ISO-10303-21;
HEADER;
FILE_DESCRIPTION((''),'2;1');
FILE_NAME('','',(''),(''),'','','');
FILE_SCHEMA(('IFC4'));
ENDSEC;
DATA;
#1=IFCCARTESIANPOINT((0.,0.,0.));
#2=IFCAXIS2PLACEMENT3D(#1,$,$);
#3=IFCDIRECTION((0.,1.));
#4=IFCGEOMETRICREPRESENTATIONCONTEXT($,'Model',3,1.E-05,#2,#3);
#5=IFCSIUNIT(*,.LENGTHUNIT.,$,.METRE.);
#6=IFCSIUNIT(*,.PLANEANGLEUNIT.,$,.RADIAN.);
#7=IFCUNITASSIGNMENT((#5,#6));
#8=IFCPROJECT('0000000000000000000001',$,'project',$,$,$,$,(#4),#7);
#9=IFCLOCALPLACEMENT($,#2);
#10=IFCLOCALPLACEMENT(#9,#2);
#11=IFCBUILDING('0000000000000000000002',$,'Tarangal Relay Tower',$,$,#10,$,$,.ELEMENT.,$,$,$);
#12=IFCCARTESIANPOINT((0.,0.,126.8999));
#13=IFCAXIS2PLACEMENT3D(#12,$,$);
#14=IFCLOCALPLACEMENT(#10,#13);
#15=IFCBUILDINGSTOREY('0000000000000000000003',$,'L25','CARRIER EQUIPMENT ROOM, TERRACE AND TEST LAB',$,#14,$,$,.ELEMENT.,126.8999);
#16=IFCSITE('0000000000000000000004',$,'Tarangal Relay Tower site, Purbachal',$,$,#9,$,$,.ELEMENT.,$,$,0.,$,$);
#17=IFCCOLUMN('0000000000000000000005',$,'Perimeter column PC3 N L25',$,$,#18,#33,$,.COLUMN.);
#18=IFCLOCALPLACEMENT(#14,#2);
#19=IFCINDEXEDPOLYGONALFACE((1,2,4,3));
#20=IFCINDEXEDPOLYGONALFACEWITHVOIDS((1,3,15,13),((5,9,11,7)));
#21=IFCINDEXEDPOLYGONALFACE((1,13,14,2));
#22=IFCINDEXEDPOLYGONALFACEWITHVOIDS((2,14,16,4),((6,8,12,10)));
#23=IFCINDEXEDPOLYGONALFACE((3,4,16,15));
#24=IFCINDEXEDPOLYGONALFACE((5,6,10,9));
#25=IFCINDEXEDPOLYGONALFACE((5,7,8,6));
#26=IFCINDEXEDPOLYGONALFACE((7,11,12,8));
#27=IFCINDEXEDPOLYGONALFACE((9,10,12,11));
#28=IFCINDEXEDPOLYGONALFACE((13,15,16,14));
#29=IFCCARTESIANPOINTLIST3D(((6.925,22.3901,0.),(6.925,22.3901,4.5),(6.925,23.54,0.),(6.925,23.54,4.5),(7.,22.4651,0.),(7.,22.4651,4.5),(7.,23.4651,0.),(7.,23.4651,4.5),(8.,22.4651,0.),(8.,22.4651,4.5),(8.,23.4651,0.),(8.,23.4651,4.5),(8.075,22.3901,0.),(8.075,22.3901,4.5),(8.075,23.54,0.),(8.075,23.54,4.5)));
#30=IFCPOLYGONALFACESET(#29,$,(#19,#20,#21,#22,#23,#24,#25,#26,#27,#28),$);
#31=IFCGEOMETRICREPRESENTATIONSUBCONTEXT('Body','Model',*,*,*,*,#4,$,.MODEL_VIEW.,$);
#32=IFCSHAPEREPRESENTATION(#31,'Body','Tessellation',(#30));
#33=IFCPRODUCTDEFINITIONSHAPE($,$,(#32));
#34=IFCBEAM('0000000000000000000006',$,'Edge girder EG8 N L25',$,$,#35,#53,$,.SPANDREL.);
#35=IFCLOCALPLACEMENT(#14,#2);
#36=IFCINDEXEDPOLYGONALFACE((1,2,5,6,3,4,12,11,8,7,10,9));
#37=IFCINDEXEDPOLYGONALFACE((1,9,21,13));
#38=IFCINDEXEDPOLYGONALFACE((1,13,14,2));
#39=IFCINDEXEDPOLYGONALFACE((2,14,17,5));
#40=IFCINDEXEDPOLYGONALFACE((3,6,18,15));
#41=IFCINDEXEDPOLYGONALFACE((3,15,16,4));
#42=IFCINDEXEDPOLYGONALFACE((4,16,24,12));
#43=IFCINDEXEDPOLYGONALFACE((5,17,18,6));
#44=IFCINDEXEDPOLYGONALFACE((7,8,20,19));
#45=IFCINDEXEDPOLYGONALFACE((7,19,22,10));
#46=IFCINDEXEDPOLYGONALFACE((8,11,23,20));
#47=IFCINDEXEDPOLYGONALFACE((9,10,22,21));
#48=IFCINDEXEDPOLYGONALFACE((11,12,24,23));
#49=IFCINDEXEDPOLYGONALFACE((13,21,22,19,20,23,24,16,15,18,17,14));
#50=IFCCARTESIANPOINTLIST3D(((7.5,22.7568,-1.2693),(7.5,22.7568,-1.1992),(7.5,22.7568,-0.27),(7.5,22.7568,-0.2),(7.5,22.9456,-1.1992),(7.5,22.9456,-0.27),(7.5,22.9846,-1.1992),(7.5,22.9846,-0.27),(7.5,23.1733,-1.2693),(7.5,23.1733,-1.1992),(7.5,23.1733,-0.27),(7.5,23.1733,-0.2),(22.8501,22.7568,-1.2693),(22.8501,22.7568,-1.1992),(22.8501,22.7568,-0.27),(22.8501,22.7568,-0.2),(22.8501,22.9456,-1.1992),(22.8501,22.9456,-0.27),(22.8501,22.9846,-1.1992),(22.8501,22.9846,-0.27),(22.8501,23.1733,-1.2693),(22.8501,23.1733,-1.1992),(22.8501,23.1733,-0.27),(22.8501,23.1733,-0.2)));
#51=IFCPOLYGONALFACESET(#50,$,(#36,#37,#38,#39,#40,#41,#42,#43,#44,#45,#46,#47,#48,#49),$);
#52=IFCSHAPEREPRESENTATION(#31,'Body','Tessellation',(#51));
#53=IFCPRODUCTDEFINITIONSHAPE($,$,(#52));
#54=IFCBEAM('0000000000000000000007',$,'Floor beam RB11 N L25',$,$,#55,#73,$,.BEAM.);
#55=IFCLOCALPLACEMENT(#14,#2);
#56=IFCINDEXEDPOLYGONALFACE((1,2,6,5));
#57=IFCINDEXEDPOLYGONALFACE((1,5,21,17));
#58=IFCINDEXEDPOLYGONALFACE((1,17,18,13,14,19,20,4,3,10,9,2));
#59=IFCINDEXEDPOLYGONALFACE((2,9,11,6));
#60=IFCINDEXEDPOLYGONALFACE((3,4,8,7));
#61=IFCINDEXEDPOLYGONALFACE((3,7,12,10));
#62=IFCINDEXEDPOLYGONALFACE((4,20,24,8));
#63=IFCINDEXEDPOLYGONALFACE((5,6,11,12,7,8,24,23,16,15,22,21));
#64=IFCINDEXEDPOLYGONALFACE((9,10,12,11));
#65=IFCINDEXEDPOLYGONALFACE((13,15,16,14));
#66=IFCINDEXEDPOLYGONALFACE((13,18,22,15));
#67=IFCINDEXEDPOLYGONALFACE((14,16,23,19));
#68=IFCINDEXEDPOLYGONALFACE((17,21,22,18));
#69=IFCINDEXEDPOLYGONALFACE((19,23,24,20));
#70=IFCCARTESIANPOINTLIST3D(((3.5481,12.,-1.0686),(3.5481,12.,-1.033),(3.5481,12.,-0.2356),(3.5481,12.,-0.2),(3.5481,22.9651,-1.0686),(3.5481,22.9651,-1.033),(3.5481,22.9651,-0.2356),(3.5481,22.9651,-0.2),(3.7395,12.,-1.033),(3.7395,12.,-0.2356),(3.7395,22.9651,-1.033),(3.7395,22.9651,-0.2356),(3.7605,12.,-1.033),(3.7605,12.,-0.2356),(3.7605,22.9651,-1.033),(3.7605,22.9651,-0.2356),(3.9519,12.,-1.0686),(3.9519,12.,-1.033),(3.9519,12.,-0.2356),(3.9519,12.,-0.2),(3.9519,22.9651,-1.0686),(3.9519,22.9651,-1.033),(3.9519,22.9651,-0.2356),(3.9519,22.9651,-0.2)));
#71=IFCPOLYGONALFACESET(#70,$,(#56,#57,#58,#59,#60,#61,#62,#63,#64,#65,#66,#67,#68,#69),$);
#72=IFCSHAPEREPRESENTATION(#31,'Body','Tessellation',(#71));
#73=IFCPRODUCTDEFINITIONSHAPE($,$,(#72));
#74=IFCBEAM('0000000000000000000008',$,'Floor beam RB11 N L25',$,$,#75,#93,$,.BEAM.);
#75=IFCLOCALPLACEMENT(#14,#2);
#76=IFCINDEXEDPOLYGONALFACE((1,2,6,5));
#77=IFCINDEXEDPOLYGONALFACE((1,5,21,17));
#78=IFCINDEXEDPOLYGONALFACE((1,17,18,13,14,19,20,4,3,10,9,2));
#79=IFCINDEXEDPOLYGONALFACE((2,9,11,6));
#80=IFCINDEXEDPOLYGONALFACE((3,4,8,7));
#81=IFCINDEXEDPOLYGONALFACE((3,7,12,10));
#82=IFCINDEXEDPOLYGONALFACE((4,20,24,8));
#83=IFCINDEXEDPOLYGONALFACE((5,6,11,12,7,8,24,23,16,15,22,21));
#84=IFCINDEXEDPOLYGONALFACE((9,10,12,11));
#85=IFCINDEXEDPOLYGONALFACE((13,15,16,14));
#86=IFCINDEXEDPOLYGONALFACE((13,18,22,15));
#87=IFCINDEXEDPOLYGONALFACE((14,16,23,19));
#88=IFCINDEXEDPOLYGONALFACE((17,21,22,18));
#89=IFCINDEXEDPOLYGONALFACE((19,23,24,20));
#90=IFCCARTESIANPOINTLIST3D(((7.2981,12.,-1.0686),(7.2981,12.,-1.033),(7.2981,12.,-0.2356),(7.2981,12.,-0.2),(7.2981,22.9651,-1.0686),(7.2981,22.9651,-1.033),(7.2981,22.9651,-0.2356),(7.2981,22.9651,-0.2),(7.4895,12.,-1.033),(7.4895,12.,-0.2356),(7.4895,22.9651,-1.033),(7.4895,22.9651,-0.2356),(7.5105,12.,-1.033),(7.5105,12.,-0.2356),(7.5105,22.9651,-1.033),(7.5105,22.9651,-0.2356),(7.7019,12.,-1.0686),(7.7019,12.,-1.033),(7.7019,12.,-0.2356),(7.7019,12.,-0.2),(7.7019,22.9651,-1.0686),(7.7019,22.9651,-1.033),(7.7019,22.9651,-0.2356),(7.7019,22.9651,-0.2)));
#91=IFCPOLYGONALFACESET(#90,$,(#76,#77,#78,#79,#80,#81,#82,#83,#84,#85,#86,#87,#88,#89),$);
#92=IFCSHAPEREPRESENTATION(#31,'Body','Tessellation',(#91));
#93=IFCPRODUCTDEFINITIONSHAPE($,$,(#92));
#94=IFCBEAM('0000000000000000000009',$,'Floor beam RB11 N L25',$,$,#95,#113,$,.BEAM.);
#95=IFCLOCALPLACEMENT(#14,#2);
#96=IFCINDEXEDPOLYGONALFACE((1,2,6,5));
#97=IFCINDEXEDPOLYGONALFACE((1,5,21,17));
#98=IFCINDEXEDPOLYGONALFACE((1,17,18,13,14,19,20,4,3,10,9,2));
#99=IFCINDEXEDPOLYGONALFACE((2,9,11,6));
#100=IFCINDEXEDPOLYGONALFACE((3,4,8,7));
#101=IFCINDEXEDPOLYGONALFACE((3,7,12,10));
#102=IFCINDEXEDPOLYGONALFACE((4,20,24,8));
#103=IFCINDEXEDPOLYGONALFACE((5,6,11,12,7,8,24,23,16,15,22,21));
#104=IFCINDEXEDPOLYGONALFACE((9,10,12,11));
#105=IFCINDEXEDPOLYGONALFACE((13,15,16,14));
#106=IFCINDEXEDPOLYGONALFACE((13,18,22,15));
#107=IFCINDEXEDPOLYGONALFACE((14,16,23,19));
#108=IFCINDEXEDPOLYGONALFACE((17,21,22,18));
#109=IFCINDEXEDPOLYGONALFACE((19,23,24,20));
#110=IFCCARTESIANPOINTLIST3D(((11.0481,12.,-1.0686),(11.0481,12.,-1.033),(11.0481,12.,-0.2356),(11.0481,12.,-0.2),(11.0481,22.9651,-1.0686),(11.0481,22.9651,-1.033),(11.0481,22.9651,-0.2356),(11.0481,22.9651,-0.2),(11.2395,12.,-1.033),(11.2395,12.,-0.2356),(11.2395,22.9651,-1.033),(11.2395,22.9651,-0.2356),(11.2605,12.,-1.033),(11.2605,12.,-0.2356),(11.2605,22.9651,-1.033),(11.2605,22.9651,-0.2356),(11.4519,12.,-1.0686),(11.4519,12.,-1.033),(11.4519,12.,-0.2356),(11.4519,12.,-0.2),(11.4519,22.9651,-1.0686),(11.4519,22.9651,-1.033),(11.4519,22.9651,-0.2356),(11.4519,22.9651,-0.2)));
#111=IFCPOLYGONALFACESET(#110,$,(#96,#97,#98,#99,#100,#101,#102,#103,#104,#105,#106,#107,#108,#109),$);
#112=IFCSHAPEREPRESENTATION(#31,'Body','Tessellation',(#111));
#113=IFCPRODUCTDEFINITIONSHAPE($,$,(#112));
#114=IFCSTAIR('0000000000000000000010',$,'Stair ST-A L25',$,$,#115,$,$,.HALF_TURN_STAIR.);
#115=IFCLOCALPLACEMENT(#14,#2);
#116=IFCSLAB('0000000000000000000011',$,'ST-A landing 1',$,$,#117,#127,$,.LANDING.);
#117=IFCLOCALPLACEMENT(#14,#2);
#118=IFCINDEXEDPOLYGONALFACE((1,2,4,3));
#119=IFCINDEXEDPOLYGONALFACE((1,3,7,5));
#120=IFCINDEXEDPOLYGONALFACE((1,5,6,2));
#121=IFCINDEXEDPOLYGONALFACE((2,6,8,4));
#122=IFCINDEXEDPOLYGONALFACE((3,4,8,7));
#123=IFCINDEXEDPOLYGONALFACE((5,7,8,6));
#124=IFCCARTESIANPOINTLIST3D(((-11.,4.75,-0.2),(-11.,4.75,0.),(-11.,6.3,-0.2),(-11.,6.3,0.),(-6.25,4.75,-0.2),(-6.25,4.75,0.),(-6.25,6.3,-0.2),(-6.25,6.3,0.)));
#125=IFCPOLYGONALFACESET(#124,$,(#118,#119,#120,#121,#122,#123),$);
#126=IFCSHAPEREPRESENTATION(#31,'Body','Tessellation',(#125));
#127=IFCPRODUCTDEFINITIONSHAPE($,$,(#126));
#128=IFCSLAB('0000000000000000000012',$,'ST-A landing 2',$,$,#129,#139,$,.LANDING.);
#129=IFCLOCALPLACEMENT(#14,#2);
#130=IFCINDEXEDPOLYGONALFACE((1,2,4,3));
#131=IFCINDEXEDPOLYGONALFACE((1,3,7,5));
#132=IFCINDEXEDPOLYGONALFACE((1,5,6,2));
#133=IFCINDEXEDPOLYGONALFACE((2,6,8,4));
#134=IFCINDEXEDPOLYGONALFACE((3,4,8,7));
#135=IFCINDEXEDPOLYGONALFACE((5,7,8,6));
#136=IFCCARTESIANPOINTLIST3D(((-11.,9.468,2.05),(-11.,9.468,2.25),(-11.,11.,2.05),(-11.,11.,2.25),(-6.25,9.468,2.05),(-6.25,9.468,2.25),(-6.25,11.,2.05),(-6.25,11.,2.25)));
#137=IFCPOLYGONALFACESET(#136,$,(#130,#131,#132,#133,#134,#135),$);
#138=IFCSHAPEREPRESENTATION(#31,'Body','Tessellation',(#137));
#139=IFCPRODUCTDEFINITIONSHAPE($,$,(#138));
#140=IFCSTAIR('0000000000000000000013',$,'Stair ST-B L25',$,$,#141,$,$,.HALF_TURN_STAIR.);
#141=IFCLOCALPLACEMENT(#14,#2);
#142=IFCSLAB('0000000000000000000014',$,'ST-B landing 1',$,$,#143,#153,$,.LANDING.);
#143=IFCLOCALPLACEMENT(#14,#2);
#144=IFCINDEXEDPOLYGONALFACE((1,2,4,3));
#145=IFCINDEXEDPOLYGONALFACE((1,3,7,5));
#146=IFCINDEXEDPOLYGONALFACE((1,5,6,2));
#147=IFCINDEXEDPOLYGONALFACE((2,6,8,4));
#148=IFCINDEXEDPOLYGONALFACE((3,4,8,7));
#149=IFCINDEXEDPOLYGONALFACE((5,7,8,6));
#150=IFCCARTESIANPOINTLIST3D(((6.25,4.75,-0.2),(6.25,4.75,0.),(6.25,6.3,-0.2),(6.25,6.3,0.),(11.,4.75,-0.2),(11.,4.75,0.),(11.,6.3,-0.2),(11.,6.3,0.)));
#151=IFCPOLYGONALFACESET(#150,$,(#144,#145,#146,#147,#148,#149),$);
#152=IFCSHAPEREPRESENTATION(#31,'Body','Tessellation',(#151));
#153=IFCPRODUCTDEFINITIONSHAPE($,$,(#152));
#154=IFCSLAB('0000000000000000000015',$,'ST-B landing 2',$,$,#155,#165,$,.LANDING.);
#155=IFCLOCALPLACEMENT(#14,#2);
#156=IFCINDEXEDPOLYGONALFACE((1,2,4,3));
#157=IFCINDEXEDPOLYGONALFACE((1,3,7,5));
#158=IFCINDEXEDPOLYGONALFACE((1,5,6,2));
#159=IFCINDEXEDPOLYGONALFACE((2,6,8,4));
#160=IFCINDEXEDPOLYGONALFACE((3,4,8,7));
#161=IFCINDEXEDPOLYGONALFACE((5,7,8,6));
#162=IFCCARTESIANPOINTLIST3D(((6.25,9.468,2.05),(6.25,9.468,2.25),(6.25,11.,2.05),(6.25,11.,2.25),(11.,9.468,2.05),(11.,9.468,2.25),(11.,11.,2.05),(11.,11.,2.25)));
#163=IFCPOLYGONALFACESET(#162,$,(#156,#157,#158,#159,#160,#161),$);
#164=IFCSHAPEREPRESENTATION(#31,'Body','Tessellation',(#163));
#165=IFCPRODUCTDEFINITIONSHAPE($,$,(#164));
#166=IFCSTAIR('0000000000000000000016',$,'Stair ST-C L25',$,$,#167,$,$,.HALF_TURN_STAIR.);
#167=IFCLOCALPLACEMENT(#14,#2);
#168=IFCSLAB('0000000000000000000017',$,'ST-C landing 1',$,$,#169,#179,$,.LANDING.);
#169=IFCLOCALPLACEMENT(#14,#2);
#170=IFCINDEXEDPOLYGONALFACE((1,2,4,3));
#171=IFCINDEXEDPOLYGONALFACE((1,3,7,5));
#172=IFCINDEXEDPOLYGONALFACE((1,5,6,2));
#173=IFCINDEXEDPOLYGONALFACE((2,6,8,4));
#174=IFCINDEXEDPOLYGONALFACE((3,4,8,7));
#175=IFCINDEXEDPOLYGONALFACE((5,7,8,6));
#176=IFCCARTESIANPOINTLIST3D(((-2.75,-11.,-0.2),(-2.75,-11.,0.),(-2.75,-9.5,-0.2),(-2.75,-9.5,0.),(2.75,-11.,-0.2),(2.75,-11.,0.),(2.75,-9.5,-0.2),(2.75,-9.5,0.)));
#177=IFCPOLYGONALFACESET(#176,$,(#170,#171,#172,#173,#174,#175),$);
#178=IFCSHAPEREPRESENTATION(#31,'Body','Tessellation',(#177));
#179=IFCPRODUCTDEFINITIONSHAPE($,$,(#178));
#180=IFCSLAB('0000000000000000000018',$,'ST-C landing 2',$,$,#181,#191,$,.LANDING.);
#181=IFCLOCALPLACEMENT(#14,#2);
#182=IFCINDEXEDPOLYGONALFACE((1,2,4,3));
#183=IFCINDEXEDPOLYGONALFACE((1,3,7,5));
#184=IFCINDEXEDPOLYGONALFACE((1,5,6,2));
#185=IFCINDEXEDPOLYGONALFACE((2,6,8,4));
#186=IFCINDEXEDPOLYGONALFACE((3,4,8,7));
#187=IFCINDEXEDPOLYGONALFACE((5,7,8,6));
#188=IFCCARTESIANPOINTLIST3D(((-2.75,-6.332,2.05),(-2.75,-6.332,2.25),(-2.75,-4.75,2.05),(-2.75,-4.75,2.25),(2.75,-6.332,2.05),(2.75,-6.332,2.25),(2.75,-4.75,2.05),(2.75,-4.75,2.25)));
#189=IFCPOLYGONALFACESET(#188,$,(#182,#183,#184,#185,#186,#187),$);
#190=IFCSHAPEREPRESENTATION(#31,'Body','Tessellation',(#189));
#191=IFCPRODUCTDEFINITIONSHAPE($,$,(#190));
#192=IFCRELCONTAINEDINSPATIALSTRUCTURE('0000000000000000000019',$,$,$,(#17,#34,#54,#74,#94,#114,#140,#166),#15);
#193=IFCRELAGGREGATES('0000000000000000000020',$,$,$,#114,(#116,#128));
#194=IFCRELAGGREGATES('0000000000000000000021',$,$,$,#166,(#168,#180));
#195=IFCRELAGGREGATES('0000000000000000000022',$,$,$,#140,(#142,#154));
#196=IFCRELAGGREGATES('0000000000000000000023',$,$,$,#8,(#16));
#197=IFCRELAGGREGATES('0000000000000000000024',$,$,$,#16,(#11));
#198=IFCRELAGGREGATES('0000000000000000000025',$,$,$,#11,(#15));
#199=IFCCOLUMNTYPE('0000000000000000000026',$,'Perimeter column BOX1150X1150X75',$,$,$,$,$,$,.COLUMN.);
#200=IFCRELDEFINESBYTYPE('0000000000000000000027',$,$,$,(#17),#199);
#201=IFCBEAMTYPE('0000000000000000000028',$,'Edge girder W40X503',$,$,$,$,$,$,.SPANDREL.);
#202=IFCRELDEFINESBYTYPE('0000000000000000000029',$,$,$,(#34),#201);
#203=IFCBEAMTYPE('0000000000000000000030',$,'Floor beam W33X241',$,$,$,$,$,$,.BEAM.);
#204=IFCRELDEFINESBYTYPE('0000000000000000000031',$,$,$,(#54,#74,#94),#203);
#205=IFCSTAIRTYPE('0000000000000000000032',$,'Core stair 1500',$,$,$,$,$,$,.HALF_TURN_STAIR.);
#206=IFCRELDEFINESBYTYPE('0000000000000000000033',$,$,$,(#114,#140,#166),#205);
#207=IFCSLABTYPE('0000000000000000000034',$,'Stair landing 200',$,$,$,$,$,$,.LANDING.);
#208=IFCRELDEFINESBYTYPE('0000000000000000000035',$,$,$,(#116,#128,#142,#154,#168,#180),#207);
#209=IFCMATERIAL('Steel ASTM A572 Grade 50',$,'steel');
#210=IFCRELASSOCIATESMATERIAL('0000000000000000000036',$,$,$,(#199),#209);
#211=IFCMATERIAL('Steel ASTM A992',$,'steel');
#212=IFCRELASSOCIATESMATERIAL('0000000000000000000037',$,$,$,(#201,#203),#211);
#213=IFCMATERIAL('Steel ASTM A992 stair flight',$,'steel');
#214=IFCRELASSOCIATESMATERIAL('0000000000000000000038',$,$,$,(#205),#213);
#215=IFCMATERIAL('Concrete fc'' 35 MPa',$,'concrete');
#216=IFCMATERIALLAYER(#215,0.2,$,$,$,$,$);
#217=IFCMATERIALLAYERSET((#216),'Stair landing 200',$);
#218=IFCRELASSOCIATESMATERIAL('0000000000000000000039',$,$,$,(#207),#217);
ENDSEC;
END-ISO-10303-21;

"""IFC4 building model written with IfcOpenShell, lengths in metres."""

from ifc_helpers import new_model, si_unit, direction, frame, origin, origin_2d, place, context, subcontext, project, spatial, polyline, hollow_rectangle, i_section, outline, extrude, material, layer, layer_set, material_profile, profile_set, type_object, element, aggregate, save


model = new_model("IFC4")

# Units and contexts
model_context = context("Model", 3, precision=1e-05, world=origin(), true_north=direction((0.0, 1.0)))
body_context = subcontext(model_context, "Body", "Model", "MODEL_VIEW")
ifc_project = project(units=[si_unit("LENGTHUNIT", "METRE"), si_unit("PLANEANGLEUNIT", "RADIAN")], contexts=[model_context])

# Site, building, storey
site_placement = place(None, origin())
site = spatial("IfcSite", under=ifc_project, at=site_placement, Name="Tarangal Relay Tower site, Purbachal", CompositionType="ELEMENT", RefElevation=0.0)
building_placement = place(site_placement, origin())
building = spatial("IfcBuilding", under=site, at=building_placement, Name="Tarangal Relay Tower", CompositionType="ELEMENT")
storey_placement = place(building_placement, frame((0.0, 0.0, 126.8999)))
storey = spatial("IfcBuildingStorey", under=building, at=storey_placement, Name="L25", Description="CARRIER EQUIPMENT ROOM, TERRACE AND TEST LAB", CompositionType="ELEMENT", Elevation=126.8999)

# Column
ifc_material_1 = material(Name="Steel ASTM A572 Grade 50", Category="steel")
ifc_material_profile_1 = material_profile(ifc_material_1, hollow_rectangle(XDim=1.1499, YDim=1.1499, WallThickness=0.075, at=origin_2d()), Name="BOX1150X1150X75")
ifc_profile_set_1 = profile_set([ifc_material_profile_1], Name="Steel ASTM A572 Grade 50")
column_type = type_object("IfcColumnType", Name="Perimeter column BOX1150X1150X75", PredefinedType="COLUMN", material=ifc_profile_set_1)
column_placement = place(storey_placement, frame((7.5, 22.9651, 0.0), z_axis=(0.0, 0.0, 1.0), x_axis=(1.0, 0.0, 0.0)))
element("IfcColumn", 1, at=column_placement, inside=storey, type_object=column_type, Name="Perimeter column PC3 N L25", PredefinedType="COLUMN", context=body_context, shape_type="SweptSolid", body=[
    extrude(hollow_rectangle(XDim=1.1499, YDim=1.1499, WallThickness=0.075, at=origin_2d()), origin(), (0.0, 0.0, 1.0), 4.5),
])

# Beams
ifc_material_2 = material(Name="Steel ASTM A992", Category="steel")
ifc_material_profile_2 = material_profile(ifc_material_2, i_section(OverallWidth=0.4165, OverallDepth=1.0693, WebThickness=0.0391, FlangeThickness=0.0701, at=origin_2d()), Name="W40X503")
ifc_profile_set_2 = profile_set([ifc_material_profile_2], Name="Steel ASTM A992")
beam_type_1 = type_object("IfcBeamType", Name="Edge girder W40X503", PredefinedType="SPANDREL", material=ifc_profile_set_2)
beam_placement = place(storey_placement, frame((7.5, 22.9651, -0.7346), z_axis=(1.0, 0.0, 0.0), x_axis=(0.0, 1.0, 0.0)))
element("IfcBeam", 2, at=beam_placement, inside=storey, type_object=beam_type_1, Name="Edge girder EG8 N L25", PredefinedType="SPANDREL", context=body_context, shape_type="SweptSolid", body=[
    extrude(i_section(OverallWidth=0.4165, OverallDepth=1.0693, WebThickness=0.0391, FlangeThickness=0.0701, at=origin_2d()), origin(), (0.0, 0.0, 1.0), 15.3501),
])
ifc_material_profile_3 = material_profile(ifc_material_2, i_section(OverallWidth=0.4038, OverallDepth=0.8687, WebThickness=0.021, FlangeThickness=0.0356, at=origin_2d()), Name="W33X241")
ifc_profile_set_3 = profile_set([ifc_material_profile_3], Name="Steel ASTM A992")
beam_type_2 = type_object("IfcBeamType", Name="Floor beam W33X241", PredefinedType="BEAM", material=ifc_profile_set_3)
for number, where, z_axis, x_axis, name in (
    (3, (3.75, 12.0, -0.6343), (0.0, 1.0, 0.0), (-1.0, 0.0, 0.0), "Floor beam RB11 N L25"),
    (4, (7.5, 12.0, -0.6343), (0.0, 1.0, 0.0), (-1.0, 0.0, 0.0), "Floor beam RB11 N L25"),
    (5, (11.25, 12.0, -0.6343), (0.0, 1.0, 0.0), (-1.0, 0.0, 0.0), "Floor beam RB11 N L25"),
):
    element("IfcBeam", number, at=place(storey_placement, frame(where, z_axis=z_axis, x_axis=x_axis)), inside=storey, type_object=beam_type_2, Name=name, PredefinedType="BEAM", context=body_context, shape_type="SweptSolid", body=[
        extrude(i_section(OverallWidth=0.4038, OverallDepth=0.8687, WebThickness=0.021, FlangeThickness=0.0356, at=origin_2d()), origin(), (0.0, 0.0, 1.0), 10.9651),
    ])

# Stairs, slabs
ifc_material_3 = material(Name="Steel ASTM A992 stair flight", Category="steel")
stair_type = type_object("IfcStairType", Name="Core stair 1500", PredefinedType="HALF_TURN_STAIR", material=ifc_material_3)
stair_1_placement = place(storey_placement, origin())
stair_1 = element("IfcStair", 6, at=stair_1_placement, inside=storey, type_object=stair_type, Name="Stair ST-A L25", PredefinedType="HALF_TURN_STAIR")
ifc_material_4 = material(Name="Concrete fc' 35 MPa", Category="concrete")
ifc_layer_1 = layer(ifc_material_4, 0.2)
ifc_layer_set_1 = layer_set([ifc_layer_1], Name="Stair landing 200")
slab_type = type_object("IfcSlabType", Name="Stair landing 200", PredefinedType="LANDING", material=ifc_layer_set_1)
slab_1_placement = place(storey_placement, frame((0.0, 0.0, -0.2)))
slab_1 = element("IfcSlab", 7, at=slab_1_placement, type_object=slab_type, Name="ST-A landing 1", PredefinedType="LANDING", context=body_context, shape_type="SweptSolid", body=[
    extrude(outline(polyline([(-11.0, 4.75), (-6.25, 4.75), (-6.25, 6.3), (-11.0, 6.3), (-11.0, 4.75)])), origin(), (0.0, 0.0, 1.0), 0.2),
])
slab_2_placement = place(storey_placement, frame((0.0, 0.0, 2.05)))
slab_2 = element("IfcSlab", 8, at=slab_2_placement, type_object=slab_type, Name="ST-A landing 2", PredefinedType="LANDING", context=body_context, shape_type="SweptSolid", body=[
    extrude(outline(polyline([(-11.0, 9.468), (-6.25, 9.468), (-6.25, 11.0), (-11.0, 11.0), (-11.0, 9.468)])), origin(), (0.0, 0.0, 1.0), 0.2),
])
aggregate(stair_1, [slab_1, slab_2])
stair_2_placement = place(storey_placement, origin())
stair_2 = element("IfcStair", 9, at=stair_2_placement, inside=storey, type_object=stair_type, Name="Stair ST-B L25", PredefinedType="HALF_TURN_STAIR")
slab_3_placement = place(storey_placement, frame((0.0, 0.0, -0.2)))
slab_3 = element("IfcSlab", 10, at=slab_3_placement, type_object=slab_type, Name="ST-B landing 1", PredefinedType="LANDING", context=body_context, shape_type="SweptSolid", body=[
    extrude(outline(polyline([(6.25, 4.75), (11.0, 4.75), (11.0, 6.3), (6.25, 6.3), (6.25, 4.75)])), origin(), (0.0, 0.0, 1.0), 0.2),
])
slab_4_placement = place(storey_placement, frame((0.0, 0.0, 2.05)))
slab_4 = element("IfcSlab", 11, at=slab_4_placement, type_object=slab_type, Name="ST-B landing 2", PredefinedType="LANDING", context=body_context, shape_type="SweptSolid", body=[
    extrude(outline(polyline([(6.25, 9.468), (11.0, 9.468), (11.0, 11.0), (6.25, 11.0), (6.25, 9.468)])), origin(), (0.0, 0.0, 1.0), 0.2),
])
stair_3_placement = place(storey_placement, origin())
stair_3 = element("IfcStair", 12, at=stair_3_placement, inside=storey, type_object=stair_type, Name="Stair ST-C L25", PredefinedType="HALF_TURN_STAIR")
slab_5_placement = place(storey_placement, frame((0.0, 0.0, -0.2)))
slab_5 = element("IfcSlab", 13, at=slab_5_placement, type_object=slab_type, Name="ST-C landing 1", PredefinedType="LANDING", context=body_context, shape_type="SweptSolid", body=[
    extrude(outline(polyline([(-2.75, -11.0), (2.75, -11.0), (2.75, -9.5), (-2.75, -9.5), (-2.75, -11.0)])), origin(), (0.0, 0.0, 1.0), 0.2),
])
slab_6_placement = place(storey_placement, frame((0.0, 0.0, 2.05)))
slab_6 = element("IfcSlab", 14, at=slab_6_placement, type_object=slab_type, Name="ST-C landing 2", PredefinedType="LANDING", context=body_context, shape_type="SweptSolid", body=[
    extrude(outline(polyline([(-2.75, -6.332), (2.75, -6.332), (2.75, -4.75), (-2.75, -4.75), (-2.75, -6.332)])), origin(), (0.0, 0.0, 1.0), 0.2),
])
aggregate(stair_3, [slab_5, slab_6])

aggregate(stair_2, [slab_3, slab_4])

save(model, "model.ifc")
